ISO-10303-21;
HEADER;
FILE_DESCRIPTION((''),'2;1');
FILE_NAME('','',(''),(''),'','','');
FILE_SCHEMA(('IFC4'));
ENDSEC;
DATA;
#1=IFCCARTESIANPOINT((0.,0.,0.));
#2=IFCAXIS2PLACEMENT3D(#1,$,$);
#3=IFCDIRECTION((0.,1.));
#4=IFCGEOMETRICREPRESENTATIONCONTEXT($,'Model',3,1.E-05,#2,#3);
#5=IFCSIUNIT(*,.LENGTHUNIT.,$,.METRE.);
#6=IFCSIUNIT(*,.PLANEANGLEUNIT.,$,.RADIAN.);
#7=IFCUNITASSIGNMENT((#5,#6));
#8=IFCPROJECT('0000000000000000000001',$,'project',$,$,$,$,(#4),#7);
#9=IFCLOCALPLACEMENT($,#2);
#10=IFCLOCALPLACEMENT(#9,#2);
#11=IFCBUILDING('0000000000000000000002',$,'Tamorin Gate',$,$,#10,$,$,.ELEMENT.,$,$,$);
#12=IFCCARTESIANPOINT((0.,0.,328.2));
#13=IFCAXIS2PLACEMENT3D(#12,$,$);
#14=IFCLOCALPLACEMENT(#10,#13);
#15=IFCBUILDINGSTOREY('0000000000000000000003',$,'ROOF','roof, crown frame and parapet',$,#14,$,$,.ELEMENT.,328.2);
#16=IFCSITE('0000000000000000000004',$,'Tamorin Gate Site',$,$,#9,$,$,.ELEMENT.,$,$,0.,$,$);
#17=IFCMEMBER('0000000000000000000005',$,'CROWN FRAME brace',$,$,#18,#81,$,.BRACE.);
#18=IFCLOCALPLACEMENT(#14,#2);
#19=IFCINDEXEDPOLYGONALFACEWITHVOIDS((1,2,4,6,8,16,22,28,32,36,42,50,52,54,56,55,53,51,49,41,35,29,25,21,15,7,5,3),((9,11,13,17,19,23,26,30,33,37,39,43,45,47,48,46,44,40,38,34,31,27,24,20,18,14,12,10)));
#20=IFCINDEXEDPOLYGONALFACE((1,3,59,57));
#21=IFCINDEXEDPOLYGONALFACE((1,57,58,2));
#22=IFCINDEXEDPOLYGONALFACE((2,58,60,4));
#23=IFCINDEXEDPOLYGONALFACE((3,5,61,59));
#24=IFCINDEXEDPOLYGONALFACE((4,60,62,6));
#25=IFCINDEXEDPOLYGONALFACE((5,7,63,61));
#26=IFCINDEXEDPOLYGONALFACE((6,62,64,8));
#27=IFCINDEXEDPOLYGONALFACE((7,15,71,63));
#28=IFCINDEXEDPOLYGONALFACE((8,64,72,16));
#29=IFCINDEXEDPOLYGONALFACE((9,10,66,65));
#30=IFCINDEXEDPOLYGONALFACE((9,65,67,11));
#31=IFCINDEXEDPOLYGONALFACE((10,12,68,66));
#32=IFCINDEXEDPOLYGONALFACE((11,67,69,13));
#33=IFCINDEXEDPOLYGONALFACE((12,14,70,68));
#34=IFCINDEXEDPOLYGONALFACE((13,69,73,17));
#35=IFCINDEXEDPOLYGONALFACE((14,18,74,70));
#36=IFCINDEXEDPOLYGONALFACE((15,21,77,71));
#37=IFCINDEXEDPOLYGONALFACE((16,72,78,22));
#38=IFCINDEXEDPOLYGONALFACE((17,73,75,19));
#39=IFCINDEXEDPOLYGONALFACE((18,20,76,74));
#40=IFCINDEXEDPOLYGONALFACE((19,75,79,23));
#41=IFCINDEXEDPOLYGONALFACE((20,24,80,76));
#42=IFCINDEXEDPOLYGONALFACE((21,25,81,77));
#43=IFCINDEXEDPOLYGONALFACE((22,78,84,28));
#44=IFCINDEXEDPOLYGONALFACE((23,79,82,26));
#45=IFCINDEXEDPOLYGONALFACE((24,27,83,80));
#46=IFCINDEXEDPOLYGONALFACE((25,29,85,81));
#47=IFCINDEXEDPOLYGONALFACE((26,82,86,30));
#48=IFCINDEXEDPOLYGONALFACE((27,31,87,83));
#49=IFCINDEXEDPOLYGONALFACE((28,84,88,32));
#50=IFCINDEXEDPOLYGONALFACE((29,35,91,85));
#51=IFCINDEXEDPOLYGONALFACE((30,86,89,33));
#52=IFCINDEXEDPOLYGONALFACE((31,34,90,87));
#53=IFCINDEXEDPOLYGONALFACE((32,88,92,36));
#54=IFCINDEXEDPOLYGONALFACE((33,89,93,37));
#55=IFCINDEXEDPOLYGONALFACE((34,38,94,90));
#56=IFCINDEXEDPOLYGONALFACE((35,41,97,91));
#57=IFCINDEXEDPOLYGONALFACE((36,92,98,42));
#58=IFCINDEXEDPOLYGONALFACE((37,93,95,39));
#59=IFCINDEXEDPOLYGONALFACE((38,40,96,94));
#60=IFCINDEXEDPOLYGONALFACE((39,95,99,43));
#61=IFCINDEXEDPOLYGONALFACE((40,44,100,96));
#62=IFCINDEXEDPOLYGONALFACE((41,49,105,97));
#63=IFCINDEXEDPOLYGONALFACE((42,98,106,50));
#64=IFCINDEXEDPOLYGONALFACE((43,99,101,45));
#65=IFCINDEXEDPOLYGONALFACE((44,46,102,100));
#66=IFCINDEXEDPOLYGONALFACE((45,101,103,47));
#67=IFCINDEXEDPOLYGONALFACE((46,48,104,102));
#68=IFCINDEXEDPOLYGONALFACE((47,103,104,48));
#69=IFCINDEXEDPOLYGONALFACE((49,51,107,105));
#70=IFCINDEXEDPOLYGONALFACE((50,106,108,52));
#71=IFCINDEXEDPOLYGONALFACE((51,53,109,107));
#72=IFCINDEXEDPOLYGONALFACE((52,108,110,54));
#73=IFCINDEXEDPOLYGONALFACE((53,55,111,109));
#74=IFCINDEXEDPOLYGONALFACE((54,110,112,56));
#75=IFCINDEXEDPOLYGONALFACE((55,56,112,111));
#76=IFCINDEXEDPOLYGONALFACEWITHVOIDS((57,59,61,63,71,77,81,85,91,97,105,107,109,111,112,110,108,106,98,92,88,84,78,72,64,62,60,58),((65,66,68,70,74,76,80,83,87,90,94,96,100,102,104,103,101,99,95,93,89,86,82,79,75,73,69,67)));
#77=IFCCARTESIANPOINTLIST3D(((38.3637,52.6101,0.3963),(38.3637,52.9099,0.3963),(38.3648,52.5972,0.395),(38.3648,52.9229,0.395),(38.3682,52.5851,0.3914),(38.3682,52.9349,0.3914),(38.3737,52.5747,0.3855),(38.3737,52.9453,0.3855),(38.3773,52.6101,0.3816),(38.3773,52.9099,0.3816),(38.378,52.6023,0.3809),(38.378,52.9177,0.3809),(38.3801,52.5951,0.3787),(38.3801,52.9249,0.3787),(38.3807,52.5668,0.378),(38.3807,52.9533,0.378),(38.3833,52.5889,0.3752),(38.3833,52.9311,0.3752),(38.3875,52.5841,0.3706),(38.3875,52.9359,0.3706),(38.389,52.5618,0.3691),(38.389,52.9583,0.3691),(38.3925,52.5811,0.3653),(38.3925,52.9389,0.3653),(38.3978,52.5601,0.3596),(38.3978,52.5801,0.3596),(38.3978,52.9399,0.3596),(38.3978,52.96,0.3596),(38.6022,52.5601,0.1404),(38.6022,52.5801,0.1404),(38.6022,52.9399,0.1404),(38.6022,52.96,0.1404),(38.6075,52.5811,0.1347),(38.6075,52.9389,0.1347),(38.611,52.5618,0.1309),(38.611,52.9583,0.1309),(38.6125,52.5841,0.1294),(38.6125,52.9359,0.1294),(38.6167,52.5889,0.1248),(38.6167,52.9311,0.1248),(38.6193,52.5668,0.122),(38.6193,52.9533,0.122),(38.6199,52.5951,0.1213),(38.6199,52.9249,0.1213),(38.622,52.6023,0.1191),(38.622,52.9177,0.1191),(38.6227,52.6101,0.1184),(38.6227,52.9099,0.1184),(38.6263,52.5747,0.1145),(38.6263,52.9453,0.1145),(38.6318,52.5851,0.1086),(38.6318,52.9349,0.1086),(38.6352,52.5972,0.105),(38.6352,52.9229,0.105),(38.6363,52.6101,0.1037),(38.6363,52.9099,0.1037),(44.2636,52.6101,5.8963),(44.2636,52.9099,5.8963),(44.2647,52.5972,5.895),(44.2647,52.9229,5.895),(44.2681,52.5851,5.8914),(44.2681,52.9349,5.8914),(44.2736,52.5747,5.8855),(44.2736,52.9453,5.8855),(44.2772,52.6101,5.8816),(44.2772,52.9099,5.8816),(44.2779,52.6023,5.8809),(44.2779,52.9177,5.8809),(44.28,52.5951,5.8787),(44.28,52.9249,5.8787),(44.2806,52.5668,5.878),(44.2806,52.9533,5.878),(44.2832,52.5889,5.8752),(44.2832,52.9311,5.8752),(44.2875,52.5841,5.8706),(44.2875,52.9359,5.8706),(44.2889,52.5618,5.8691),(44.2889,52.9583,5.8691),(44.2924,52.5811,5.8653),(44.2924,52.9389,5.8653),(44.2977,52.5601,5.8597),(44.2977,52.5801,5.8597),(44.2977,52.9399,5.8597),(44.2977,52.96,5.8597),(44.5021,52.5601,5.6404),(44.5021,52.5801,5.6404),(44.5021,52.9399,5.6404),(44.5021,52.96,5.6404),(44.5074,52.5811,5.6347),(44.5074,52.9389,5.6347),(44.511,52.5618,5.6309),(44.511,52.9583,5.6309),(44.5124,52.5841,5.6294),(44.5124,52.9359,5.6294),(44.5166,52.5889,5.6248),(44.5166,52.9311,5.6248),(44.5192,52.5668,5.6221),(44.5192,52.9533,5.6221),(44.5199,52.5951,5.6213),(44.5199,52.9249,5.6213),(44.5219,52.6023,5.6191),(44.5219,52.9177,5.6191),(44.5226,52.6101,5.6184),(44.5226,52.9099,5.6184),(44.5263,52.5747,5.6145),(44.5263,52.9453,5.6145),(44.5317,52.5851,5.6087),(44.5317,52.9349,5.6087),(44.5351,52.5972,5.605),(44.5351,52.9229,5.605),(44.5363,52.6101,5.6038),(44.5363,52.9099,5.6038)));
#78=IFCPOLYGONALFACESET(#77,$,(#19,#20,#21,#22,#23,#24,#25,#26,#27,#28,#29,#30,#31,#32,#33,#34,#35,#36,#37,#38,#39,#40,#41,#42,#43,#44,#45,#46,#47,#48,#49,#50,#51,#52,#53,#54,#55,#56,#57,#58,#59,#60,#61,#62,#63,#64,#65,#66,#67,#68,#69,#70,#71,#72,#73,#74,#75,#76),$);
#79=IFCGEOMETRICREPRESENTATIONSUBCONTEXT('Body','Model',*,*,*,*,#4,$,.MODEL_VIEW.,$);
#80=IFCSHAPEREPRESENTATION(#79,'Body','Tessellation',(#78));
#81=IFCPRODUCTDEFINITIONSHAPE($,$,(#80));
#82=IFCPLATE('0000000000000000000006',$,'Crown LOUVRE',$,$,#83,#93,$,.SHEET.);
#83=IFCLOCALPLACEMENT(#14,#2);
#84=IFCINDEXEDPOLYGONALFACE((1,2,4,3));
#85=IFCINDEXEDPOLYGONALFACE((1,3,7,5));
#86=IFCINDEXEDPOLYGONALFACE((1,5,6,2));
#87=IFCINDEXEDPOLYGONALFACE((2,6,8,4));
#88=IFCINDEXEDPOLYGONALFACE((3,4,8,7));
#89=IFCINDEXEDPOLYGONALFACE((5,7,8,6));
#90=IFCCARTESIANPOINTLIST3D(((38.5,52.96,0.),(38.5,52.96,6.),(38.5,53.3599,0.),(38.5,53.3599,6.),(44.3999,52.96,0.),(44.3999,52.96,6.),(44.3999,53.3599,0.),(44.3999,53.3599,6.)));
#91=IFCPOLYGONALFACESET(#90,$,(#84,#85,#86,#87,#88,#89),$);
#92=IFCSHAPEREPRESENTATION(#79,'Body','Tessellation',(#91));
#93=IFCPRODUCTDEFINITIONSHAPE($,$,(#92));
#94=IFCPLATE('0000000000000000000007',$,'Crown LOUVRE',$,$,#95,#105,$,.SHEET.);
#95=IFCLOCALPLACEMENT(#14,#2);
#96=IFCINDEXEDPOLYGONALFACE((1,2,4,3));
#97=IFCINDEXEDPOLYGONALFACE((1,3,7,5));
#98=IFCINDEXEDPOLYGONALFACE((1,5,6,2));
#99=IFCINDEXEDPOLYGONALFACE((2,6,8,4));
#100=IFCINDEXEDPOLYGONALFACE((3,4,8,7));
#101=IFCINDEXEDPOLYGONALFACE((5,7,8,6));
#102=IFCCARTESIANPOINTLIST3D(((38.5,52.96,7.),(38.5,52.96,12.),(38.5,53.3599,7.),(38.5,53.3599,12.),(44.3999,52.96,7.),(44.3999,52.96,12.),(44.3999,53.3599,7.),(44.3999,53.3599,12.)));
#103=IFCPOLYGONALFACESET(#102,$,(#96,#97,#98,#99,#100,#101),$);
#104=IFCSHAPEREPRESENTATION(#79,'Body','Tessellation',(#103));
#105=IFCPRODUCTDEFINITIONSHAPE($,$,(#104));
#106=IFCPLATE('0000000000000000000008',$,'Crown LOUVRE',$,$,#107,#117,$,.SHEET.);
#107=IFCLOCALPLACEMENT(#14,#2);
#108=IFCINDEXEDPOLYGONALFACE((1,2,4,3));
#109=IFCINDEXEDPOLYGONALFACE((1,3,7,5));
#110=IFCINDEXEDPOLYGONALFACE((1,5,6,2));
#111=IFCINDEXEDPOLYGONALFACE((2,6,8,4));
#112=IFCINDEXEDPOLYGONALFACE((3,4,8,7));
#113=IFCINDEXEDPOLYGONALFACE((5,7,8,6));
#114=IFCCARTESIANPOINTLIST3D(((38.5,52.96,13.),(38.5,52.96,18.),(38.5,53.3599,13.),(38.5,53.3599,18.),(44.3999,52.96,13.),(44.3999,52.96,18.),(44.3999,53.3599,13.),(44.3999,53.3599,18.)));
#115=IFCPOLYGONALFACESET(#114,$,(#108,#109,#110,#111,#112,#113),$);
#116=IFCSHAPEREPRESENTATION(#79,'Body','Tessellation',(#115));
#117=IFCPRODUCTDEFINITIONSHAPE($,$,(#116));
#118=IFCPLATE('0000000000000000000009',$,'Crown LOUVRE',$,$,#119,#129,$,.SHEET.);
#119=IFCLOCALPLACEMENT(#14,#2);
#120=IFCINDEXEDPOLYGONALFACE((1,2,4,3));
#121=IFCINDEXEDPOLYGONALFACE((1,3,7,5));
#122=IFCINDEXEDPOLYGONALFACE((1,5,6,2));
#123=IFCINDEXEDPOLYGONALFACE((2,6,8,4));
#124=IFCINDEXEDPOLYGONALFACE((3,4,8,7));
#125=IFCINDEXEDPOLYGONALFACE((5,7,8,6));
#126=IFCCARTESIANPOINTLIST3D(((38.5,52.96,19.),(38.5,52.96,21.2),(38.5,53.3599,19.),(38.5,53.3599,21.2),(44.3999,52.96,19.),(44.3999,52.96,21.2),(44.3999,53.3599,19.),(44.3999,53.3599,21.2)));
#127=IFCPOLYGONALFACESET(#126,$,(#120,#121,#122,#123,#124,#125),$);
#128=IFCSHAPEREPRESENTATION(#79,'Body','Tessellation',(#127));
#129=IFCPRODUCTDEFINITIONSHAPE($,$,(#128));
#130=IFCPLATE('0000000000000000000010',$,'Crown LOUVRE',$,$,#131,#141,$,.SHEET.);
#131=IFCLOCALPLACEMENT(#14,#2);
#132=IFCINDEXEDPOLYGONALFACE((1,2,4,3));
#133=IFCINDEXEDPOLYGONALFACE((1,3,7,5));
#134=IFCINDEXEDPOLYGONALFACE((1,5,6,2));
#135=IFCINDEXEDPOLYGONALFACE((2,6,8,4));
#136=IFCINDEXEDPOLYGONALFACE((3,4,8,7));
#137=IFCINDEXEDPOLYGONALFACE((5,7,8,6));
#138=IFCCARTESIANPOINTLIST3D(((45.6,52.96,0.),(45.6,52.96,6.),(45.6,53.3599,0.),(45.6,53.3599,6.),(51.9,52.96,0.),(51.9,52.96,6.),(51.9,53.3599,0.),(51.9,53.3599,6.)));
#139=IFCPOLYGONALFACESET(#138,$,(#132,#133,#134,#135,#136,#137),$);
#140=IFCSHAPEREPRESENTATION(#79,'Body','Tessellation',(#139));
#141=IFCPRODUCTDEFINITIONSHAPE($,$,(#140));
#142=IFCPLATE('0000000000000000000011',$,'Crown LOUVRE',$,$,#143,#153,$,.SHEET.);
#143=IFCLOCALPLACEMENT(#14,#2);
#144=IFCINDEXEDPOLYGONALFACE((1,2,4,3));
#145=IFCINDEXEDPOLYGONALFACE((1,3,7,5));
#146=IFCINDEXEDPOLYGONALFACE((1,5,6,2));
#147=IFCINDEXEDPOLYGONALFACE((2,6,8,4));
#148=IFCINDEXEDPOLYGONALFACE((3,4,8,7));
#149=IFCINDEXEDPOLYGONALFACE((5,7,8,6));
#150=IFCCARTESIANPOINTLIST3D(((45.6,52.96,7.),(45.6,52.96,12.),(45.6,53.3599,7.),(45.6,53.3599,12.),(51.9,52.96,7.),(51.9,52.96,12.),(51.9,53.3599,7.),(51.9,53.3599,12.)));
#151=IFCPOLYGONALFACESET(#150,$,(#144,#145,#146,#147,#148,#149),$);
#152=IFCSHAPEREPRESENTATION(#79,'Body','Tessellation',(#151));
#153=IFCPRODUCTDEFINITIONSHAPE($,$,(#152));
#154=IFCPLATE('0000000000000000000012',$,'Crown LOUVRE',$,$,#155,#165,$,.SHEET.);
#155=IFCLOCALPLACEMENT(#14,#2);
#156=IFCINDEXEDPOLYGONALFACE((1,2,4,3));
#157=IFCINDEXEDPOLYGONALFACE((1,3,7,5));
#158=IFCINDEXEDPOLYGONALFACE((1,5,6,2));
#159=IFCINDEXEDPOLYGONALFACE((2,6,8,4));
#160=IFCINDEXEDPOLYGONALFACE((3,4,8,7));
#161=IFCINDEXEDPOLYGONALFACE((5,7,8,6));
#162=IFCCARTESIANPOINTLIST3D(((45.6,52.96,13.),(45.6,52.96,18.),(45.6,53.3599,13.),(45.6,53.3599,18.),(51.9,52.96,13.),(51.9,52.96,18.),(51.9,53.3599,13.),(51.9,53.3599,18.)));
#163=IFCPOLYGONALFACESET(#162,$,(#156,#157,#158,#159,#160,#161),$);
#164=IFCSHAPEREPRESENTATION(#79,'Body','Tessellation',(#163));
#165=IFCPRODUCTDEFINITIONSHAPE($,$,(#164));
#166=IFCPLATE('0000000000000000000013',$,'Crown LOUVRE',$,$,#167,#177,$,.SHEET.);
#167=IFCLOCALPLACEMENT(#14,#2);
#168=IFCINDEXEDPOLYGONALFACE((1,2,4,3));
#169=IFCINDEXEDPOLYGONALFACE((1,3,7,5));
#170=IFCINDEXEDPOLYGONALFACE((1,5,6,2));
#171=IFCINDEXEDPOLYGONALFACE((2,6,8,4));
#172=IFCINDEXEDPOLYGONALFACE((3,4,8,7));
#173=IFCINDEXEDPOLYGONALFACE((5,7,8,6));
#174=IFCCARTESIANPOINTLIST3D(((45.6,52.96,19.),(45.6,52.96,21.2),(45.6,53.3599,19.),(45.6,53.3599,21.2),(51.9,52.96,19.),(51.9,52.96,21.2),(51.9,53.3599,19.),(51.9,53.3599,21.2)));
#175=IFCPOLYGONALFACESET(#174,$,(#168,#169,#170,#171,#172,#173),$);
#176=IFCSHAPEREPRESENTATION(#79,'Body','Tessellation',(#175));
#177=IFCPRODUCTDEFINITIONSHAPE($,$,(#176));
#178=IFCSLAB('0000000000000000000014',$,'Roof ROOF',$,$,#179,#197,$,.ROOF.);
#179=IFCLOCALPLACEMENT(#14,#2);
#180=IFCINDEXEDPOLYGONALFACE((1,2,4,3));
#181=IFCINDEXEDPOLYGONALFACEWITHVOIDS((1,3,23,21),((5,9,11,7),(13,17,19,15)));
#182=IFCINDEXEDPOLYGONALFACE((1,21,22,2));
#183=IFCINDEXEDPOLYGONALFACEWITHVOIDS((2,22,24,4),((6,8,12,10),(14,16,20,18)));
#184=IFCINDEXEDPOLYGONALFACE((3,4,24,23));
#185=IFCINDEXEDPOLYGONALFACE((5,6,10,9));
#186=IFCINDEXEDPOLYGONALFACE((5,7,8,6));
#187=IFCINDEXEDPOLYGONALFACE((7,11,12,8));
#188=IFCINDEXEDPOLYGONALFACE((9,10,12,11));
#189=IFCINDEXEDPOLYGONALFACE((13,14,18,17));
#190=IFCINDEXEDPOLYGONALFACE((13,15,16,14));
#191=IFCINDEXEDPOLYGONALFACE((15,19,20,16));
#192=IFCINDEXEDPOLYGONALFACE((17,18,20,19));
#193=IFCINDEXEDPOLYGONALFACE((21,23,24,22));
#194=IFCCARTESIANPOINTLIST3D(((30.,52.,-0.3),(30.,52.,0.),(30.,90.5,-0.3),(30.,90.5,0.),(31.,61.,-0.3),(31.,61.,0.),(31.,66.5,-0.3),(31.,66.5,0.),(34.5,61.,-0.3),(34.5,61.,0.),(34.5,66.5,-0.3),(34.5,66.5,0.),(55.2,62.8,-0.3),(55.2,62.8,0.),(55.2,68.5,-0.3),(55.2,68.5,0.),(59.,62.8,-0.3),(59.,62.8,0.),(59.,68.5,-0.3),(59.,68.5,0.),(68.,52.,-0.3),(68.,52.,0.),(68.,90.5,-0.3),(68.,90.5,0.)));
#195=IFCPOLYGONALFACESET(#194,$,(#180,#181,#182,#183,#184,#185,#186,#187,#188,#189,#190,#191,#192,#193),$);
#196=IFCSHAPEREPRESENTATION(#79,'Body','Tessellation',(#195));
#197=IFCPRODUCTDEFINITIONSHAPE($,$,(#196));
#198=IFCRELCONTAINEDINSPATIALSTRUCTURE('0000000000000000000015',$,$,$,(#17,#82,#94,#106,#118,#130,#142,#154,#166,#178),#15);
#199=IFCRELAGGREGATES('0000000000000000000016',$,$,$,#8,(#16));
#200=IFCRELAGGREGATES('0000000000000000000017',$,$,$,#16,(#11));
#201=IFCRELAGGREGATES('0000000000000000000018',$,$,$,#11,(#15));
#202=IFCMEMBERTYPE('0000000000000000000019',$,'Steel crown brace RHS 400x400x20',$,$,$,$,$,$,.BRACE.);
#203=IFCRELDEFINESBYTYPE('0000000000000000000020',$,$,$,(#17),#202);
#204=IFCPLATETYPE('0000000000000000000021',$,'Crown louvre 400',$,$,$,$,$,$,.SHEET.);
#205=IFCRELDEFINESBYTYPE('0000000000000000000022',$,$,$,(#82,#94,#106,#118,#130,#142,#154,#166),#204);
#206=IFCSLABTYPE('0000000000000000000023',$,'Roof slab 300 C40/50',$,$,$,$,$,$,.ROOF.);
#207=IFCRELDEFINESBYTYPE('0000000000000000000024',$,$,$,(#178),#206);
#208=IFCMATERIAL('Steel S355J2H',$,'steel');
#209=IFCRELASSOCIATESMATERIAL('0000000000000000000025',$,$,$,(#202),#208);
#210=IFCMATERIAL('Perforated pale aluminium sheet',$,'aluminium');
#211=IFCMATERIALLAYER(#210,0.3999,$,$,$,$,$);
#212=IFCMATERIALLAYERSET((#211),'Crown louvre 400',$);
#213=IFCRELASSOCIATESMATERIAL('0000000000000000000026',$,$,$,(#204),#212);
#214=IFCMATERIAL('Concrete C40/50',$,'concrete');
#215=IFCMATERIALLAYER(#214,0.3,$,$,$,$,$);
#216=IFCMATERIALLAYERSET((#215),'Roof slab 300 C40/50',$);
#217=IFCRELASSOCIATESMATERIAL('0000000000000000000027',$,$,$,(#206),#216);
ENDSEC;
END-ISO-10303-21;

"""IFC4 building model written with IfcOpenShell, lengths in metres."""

from ifc_helpers import new_model, si_unit, direction, frame, origin, origin_2d, place, context, subcontext, project, spatial, polyline, rectangle, hollow_rectangle, outline, extrude, material, layer, layer_set, material_profile, profile_set, type_object, element, save


model = new_model("IFC4")

# Units and contexts
model_context = context("Model", 3, precision=1e-05, world=origin(), true_north=direction((0.0, 1.0)))
body_context = subcontext(model_context, "Body", "Model", "MODEL_VIEW")
ifc_project = project(units=[si_unit("LENGTHUNIT", "METRE"), si_unit("PLANEANGLEUNIT", "RADIAN")], contexts=[model_context])

# Site, building, storey
site_placement = place(None, origin())
site = spatial("IfcSite", under=ifc_project, at=site_placement, Name="Tamorin Gate Site", CompositionType="ELEMENT", RefElevation=0.0)
building_placement = place(site_placement, origin())
building = spatial("IfcBuilding", under=site, at=building_placement, Name="Tamorin Gate", CompositionType="ELEMENT")
storey_placement = place(building_placement, frame((0.0, 0.0, 328.2)))
storey = spatial("IfcBuildingStorey", under=building, at=storey_placement, Name="ROOF", Description="roof, crown frame and parapet", CompositionType="ELEMENT", Elevation=328.2)

# Member
ifc_material_1 = material(Name="Steel S355J2H", Category="steel")
ifc_material_profile_1 = material_profile(ifc_material_1, hollow_rectangle(XDim=0.3999, YDim=0.3999, WallThickness=0.02, InnerFilletRadius=0.03, OuterFilletRadius=0.05, at=origin_2d()), Name="RHS 400x400x20")
ifc_profile_set_1 = profile_set([ifc_material_profile_1], Name="Steel S355J2H")
member_type_1 = type_object("IfcMemberType", Name="Steel crown brace RHS 400x400x20", PredefinedType="BRACE", material=ifc_profile_set_1)
member_1_placement = place(storey_placement, frame((38.5, 52.76, 0.25), z_axis=(0.731462, 0.0, 0.681882), x_axis=(0.0, 1.0, 0.0)))
element("IfcMember", 1, at=member_1_placement, inside=storey, type_object=member_type_1, Name="CROWN FRAME brace", PredefinedType="BRACE", context=body_context, shape_type="SweptSolid", body=[
    extrude(hollow_rectangle(XDim=0.3999, YDim=0.3999, WallThickness=0.02, InnerFilletRadius=0.03, OuterFilletRadius=0.05, at=origin_2d()), origin(), (0.0, 0.0, 1.0), 8.0659),
])

# Plates
ifc_material_2 = material(Name="Perforated pale aluminium sheet", Category="aluminium")
ifc_layer_1 = layer(ifc_material_2, 0.3999)
ifc_layer_set_1 = layer_set([ifc_layer_1], Name="Crown louvre 400")
plate_type = type_object("IfcPlateType", Name="Crown louvre 400", PredefinedType="SHEET", material=ifc_layer_set_1)
plate_1_placement = place(storey_placement, frame((41.45, 53.1599, 0.0), z_axis=(0.0, 0.0, 1.0), x_axis=(1.0, 0.0, 0.0)))
element("IfcPlate", 2, at=plate_1_placement, inside=storey, type_object=plate_type, Name="Crown LOUVRE", PredefinedType="SHEET", context=body_context, shape_type="SweptSolid", body=[
    extrude(rectangle(XDim=5.8999, YDim=0.3999, at=origin_2d()), origin(), (0.0, 0.0, 1.0), 6.0),
])
for number, where, z_axis, x_axis, name in (
    (3, (41.45, 53.1599, 7.0), (0.0, 0.0, 1.0), (1.0, 0.0, 0.0), "Crown LOUVRE"),
    (4, (41.45, 53.1599, 13.0), (0.0, 0.0, 1.0), (1.0, 0.0, 0.0), "Crown LOUVRE"),
):
    element("IfcPlate", number, at=place(storey_placement, frame(where, z_axis=z_axis, x_axis=x_axis)), inside=storey, type_object=plate_type, Name=name, PredefinedType="SHEET", context=body_context, shape_type="SweptSolid", body=[
        extrude(rectangle(XDim=5.8999, YDim=0.3999, at=origin_2d()), origin(), (0.0, 0.0, 1.0), 5.0),
    ])
plate_2_placement = place(storey_placement, frame((41.45, 53.1599, 19.0), z_axis=(0.0, 0.0, 1.0), x_axis=(1.0, 0.0, 0.0)))
element("IfcPlate", 5, at=plate_2_placement, inside=storey, type_object=plate_type, Name="Crown LOUVRE", PredefinedType="SHEET", context=body_context, shape_type="SweptSolid", body=[
    extrude(rectangle(XDim=5.8999, YDim=0.3999, at=origin_2d()), origin(), (0.0, 0.0, 1.0), 2.2),
])
plate_3_placement = place(storey_placement, frame((48.75, 53.1599, 0.0), z_axis=(0.0, 0.0, 1.0), x_axis=(1.0, 0.0, 0.0)))
element("IfcPlate", 6, at=plate_3_placement, inside=storey, type_object=plate_type, Name="Crown LOUVRE", PredefinedType="SHEET", context=body_context, shape_type="SweptSolid", body=[
    extrude(rectangle(XDim=6.3, YDim=0.3999, at=origin_2d()), origin(), (0.0, 0.0, 1.0), 6.0),
])
for number, where, z_axis, x_axis, name in (
    (7, (48.75, 53.1599, 7.0), (0.0, 0.0, 1.0), (1.0, 0.0, 0.0), "Crown LOUVRE"),
    (8, (48.75, 53.1599, 13.0), (0.0, 0.0, 1.0), (1.0, 0.0, 0.0), "Crown LOUVRE"),
):
    element("IfcPlate", number, at=place(storey_placement, frame(where, z_axis=z_axis, x_axis=x_axis)), inside=storey, type_object=plate_type, Name=name, PredefinedType="SHEET", context=body_context, shape_type="SweptSolid", body=[
        extrude(rectangle(XDim=6.3, YDim=0.3999, at=origin_2d()), origin(), (0.0, 0.0, 1.0), 5.0),
    ])
plate_4_placement = place(storey_placement, frame((48.75, 53.1599, 19.0), z_axis=(0.0, 0.0, 1.0), x_axis=(1.0, 0.0, 0.0)))
element("IfcPlate", 9, at=plate_4_placement, inside=storey, type_object=plate_type, Name="Crown LOUVRE", PredefinedType="SHEET", context=body_context, shape_type="SweptSolid", body=[
    extrude(rectangle(XDim=6.3, YDim=0.3999, at=origin_2d()), origin(), (0.0, 0.0, 1.0), 2.2),
])

# Slab
ifc_material_3 = material(Name="Concrete C40/50", Category="concrete")
ifc_layer_2 = layer(ifc_material_3, 0.3)
ifc_layer_set_2 = layer_set([ifc_layer_2], Name="Roof slab 300 C40/50")
slab_type = type_object("IfcSlabType", Name="Roof slab 300 C40/50", PredefinedType="ROOF", material=ifc_layer_set_2)
slab_placement = place(storey_placement, frame((0.0, 0.0, -0.3)))
element("IfcSlab", 10, at=slab_placement, inside=storey, type_object=slab_type, Name="Roof ROOF", PredefinedType="ROOF", context=body_context, shape_type="SweptSolid", body=[
    extrude(outline(polyline([(30.0, 52.0), (68.0, 52.0), (68.0, 90.5), (30.0, 90.5), (30.0, 52.0)]), holes=[polyline([(34.5, 61.0), (34.5, 66.5), (31.0, 66.5), (31.0, 61.0), (34.5, 61.0)]), polyline([(59.0, 62.8), (59.0, 68.5), (55.2, 68.5), (55.2, 62.8), (59.0, 62.8)])]), origin(), (0.0, 0.0, 1.0), 0.3),
])

save(model, "model.ifc")
